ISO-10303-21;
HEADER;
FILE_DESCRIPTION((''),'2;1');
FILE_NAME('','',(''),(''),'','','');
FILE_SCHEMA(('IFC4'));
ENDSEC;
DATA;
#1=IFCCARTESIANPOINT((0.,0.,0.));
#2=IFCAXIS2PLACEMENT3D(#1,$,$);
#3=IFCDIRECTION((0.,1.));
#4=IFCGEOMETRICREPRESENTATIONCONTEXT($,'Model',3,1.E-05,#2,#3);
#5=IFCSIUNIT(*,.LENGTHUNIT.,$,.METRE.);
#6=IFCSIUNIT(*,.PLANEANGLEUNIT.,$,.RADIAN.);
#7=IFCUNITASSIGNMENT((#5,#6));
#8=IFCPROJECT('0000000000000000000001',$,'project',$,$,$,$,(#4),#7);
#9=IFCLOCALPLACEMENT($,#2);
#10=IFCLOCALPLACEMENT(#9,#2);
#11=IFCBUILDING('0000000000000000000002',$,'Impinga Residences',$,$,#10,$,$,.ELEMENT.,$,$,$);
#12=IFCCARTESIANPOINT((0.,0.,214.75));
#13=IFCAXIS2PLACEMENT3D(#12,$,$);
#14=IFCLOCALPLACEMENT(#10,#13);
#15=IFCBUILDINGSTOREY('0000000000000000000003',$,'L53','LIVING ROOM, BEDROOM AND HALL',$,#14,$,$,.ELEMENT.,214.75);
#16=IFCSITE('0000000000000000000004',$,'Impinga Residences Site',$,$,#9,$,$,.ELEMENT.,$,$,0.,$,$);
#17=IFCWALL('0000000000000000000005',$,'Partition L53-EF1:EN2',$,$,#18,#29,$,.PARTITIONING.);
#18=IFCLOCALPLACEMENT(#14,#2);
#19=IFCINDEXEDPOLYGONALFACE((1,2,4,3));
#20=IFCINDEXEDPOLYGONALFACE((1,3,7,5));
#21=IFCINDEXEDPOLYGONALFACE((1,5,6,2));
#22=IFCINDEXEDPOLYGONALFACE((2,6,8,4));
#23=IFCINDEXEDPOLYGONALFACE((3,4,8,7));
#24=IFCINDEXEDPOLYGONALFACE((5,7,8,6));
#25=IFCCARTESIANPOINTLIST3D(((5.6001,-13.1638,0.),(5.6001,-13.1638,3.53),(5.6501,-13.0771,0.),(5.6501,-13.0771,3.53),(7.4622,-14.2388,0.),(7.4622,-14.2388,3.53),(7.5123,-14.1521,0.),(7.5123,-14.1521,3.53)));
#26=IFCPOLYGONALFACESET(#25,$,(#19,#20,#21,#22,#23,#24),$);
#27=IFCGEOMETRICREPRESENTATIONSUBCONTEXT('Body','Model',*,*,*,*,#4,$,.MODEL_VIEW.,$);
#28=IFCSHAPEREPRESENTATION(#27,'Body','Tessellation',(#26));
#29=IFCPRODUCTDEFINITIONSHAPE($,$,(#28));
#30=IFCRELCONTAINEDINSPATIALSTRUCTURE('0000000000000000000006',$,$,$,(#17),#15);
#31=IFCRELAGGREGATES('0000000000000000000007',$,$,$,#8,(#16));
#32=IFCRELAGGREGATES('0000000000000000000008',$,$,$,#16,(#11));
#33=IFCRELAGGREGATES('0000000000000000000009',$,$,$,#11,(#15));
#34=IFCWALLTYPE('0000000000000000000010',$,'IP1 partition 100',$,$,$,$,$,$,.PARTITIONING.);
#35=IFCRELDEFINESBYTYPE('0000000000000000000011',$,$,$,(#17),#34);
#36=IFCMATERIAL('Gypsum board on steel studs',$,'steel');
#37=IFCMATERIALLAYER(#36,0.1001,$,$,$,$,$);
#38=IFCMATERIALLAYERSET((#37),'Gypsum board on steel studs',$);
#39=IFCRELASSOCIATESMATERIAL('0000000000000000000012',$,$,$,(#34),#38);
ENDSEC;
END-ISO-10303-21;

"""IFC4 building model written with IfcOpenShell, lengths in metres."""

from ifc_helpers import new_model, si_unit, direction, frame, frame_2d, origin, place, context, subcontext, project, spatial, rectangle, extrude, material, layer, layer_set, type_object, element, save


model = new_model("IFC4")

# Units and contexts
model_context = context("Model", 3, precision=1e-05, world=origin(), true_north=direction((0.0, 1.0)))
body_context = subcontext(model_context, "Body", "Model", "MODEL_VIEW")
ifc_project = project(units=[si_unit("LENGTHUNIT", "METRE"), si_unit("PLANEANGLEUNIT", "RADIAN")], contexts=[model_context])

# Site, building, storey
site_placement = place(None, origin())
site = spatial("IfcSite", under=ifc_project, at=site_placement, Name="Impinga Residences Site", CompositionType="ELEMENT", RefElevation=0.0)
building_placement = place(site_placement, origin())
building = spatial("IfcBuilding", under=site, at=building_placement, Name="Impinga Residences", CompositionType="ELEMENT")
storey_placement = place(building_placement, frame((0.0, 0.0, 214.75)))
storey = spatial("IfcBuildingStorey", under=building, at=storey_placement, Name="L53", Description="LIVING ROOM, BEDROOM AND HALL", CompositionType="ELEMENT", Elevation=214.75)

# Shared definitions
ifc_material_1 = material(Name="Gypsum board on steel studs", Category="steel")
ifc_layer_1 = layer(ifc_material_1, 0.1001)
ifc_layer_set_1 = layer_set([ifc_layer_1], Name="Gypsum board on steel studs")
wall_type_1 = type_object("IfcWallType", Name="IP1 partition 100", PredefinedType="PARTITIONING", material=ifc_layer_set_1)

# Wall
wall_1_placement = place(storey_placement, frame((5.625, -13.1204, 0.0), z_axis=(0.0, 0.0, 1.0), x_axis=(0.866048, -0.499962, 0.0)))
element("IfcWall", 1, at=wall_1_placement, inside=storey, type_object=wall_type_1, Name="Partition L53-EF1:EN2", PredefinedType="PARTITIONING", context=body_context, shape_type="SweptSolid", body=[
    extrude(rectangle(XDim=2.1501, YDim=0.1001, at=frame_2d((1.0752, 0.0))), origin(), (0.0, 0.0, 1.0), 3.53),
])

save(model, "model.ifc")
